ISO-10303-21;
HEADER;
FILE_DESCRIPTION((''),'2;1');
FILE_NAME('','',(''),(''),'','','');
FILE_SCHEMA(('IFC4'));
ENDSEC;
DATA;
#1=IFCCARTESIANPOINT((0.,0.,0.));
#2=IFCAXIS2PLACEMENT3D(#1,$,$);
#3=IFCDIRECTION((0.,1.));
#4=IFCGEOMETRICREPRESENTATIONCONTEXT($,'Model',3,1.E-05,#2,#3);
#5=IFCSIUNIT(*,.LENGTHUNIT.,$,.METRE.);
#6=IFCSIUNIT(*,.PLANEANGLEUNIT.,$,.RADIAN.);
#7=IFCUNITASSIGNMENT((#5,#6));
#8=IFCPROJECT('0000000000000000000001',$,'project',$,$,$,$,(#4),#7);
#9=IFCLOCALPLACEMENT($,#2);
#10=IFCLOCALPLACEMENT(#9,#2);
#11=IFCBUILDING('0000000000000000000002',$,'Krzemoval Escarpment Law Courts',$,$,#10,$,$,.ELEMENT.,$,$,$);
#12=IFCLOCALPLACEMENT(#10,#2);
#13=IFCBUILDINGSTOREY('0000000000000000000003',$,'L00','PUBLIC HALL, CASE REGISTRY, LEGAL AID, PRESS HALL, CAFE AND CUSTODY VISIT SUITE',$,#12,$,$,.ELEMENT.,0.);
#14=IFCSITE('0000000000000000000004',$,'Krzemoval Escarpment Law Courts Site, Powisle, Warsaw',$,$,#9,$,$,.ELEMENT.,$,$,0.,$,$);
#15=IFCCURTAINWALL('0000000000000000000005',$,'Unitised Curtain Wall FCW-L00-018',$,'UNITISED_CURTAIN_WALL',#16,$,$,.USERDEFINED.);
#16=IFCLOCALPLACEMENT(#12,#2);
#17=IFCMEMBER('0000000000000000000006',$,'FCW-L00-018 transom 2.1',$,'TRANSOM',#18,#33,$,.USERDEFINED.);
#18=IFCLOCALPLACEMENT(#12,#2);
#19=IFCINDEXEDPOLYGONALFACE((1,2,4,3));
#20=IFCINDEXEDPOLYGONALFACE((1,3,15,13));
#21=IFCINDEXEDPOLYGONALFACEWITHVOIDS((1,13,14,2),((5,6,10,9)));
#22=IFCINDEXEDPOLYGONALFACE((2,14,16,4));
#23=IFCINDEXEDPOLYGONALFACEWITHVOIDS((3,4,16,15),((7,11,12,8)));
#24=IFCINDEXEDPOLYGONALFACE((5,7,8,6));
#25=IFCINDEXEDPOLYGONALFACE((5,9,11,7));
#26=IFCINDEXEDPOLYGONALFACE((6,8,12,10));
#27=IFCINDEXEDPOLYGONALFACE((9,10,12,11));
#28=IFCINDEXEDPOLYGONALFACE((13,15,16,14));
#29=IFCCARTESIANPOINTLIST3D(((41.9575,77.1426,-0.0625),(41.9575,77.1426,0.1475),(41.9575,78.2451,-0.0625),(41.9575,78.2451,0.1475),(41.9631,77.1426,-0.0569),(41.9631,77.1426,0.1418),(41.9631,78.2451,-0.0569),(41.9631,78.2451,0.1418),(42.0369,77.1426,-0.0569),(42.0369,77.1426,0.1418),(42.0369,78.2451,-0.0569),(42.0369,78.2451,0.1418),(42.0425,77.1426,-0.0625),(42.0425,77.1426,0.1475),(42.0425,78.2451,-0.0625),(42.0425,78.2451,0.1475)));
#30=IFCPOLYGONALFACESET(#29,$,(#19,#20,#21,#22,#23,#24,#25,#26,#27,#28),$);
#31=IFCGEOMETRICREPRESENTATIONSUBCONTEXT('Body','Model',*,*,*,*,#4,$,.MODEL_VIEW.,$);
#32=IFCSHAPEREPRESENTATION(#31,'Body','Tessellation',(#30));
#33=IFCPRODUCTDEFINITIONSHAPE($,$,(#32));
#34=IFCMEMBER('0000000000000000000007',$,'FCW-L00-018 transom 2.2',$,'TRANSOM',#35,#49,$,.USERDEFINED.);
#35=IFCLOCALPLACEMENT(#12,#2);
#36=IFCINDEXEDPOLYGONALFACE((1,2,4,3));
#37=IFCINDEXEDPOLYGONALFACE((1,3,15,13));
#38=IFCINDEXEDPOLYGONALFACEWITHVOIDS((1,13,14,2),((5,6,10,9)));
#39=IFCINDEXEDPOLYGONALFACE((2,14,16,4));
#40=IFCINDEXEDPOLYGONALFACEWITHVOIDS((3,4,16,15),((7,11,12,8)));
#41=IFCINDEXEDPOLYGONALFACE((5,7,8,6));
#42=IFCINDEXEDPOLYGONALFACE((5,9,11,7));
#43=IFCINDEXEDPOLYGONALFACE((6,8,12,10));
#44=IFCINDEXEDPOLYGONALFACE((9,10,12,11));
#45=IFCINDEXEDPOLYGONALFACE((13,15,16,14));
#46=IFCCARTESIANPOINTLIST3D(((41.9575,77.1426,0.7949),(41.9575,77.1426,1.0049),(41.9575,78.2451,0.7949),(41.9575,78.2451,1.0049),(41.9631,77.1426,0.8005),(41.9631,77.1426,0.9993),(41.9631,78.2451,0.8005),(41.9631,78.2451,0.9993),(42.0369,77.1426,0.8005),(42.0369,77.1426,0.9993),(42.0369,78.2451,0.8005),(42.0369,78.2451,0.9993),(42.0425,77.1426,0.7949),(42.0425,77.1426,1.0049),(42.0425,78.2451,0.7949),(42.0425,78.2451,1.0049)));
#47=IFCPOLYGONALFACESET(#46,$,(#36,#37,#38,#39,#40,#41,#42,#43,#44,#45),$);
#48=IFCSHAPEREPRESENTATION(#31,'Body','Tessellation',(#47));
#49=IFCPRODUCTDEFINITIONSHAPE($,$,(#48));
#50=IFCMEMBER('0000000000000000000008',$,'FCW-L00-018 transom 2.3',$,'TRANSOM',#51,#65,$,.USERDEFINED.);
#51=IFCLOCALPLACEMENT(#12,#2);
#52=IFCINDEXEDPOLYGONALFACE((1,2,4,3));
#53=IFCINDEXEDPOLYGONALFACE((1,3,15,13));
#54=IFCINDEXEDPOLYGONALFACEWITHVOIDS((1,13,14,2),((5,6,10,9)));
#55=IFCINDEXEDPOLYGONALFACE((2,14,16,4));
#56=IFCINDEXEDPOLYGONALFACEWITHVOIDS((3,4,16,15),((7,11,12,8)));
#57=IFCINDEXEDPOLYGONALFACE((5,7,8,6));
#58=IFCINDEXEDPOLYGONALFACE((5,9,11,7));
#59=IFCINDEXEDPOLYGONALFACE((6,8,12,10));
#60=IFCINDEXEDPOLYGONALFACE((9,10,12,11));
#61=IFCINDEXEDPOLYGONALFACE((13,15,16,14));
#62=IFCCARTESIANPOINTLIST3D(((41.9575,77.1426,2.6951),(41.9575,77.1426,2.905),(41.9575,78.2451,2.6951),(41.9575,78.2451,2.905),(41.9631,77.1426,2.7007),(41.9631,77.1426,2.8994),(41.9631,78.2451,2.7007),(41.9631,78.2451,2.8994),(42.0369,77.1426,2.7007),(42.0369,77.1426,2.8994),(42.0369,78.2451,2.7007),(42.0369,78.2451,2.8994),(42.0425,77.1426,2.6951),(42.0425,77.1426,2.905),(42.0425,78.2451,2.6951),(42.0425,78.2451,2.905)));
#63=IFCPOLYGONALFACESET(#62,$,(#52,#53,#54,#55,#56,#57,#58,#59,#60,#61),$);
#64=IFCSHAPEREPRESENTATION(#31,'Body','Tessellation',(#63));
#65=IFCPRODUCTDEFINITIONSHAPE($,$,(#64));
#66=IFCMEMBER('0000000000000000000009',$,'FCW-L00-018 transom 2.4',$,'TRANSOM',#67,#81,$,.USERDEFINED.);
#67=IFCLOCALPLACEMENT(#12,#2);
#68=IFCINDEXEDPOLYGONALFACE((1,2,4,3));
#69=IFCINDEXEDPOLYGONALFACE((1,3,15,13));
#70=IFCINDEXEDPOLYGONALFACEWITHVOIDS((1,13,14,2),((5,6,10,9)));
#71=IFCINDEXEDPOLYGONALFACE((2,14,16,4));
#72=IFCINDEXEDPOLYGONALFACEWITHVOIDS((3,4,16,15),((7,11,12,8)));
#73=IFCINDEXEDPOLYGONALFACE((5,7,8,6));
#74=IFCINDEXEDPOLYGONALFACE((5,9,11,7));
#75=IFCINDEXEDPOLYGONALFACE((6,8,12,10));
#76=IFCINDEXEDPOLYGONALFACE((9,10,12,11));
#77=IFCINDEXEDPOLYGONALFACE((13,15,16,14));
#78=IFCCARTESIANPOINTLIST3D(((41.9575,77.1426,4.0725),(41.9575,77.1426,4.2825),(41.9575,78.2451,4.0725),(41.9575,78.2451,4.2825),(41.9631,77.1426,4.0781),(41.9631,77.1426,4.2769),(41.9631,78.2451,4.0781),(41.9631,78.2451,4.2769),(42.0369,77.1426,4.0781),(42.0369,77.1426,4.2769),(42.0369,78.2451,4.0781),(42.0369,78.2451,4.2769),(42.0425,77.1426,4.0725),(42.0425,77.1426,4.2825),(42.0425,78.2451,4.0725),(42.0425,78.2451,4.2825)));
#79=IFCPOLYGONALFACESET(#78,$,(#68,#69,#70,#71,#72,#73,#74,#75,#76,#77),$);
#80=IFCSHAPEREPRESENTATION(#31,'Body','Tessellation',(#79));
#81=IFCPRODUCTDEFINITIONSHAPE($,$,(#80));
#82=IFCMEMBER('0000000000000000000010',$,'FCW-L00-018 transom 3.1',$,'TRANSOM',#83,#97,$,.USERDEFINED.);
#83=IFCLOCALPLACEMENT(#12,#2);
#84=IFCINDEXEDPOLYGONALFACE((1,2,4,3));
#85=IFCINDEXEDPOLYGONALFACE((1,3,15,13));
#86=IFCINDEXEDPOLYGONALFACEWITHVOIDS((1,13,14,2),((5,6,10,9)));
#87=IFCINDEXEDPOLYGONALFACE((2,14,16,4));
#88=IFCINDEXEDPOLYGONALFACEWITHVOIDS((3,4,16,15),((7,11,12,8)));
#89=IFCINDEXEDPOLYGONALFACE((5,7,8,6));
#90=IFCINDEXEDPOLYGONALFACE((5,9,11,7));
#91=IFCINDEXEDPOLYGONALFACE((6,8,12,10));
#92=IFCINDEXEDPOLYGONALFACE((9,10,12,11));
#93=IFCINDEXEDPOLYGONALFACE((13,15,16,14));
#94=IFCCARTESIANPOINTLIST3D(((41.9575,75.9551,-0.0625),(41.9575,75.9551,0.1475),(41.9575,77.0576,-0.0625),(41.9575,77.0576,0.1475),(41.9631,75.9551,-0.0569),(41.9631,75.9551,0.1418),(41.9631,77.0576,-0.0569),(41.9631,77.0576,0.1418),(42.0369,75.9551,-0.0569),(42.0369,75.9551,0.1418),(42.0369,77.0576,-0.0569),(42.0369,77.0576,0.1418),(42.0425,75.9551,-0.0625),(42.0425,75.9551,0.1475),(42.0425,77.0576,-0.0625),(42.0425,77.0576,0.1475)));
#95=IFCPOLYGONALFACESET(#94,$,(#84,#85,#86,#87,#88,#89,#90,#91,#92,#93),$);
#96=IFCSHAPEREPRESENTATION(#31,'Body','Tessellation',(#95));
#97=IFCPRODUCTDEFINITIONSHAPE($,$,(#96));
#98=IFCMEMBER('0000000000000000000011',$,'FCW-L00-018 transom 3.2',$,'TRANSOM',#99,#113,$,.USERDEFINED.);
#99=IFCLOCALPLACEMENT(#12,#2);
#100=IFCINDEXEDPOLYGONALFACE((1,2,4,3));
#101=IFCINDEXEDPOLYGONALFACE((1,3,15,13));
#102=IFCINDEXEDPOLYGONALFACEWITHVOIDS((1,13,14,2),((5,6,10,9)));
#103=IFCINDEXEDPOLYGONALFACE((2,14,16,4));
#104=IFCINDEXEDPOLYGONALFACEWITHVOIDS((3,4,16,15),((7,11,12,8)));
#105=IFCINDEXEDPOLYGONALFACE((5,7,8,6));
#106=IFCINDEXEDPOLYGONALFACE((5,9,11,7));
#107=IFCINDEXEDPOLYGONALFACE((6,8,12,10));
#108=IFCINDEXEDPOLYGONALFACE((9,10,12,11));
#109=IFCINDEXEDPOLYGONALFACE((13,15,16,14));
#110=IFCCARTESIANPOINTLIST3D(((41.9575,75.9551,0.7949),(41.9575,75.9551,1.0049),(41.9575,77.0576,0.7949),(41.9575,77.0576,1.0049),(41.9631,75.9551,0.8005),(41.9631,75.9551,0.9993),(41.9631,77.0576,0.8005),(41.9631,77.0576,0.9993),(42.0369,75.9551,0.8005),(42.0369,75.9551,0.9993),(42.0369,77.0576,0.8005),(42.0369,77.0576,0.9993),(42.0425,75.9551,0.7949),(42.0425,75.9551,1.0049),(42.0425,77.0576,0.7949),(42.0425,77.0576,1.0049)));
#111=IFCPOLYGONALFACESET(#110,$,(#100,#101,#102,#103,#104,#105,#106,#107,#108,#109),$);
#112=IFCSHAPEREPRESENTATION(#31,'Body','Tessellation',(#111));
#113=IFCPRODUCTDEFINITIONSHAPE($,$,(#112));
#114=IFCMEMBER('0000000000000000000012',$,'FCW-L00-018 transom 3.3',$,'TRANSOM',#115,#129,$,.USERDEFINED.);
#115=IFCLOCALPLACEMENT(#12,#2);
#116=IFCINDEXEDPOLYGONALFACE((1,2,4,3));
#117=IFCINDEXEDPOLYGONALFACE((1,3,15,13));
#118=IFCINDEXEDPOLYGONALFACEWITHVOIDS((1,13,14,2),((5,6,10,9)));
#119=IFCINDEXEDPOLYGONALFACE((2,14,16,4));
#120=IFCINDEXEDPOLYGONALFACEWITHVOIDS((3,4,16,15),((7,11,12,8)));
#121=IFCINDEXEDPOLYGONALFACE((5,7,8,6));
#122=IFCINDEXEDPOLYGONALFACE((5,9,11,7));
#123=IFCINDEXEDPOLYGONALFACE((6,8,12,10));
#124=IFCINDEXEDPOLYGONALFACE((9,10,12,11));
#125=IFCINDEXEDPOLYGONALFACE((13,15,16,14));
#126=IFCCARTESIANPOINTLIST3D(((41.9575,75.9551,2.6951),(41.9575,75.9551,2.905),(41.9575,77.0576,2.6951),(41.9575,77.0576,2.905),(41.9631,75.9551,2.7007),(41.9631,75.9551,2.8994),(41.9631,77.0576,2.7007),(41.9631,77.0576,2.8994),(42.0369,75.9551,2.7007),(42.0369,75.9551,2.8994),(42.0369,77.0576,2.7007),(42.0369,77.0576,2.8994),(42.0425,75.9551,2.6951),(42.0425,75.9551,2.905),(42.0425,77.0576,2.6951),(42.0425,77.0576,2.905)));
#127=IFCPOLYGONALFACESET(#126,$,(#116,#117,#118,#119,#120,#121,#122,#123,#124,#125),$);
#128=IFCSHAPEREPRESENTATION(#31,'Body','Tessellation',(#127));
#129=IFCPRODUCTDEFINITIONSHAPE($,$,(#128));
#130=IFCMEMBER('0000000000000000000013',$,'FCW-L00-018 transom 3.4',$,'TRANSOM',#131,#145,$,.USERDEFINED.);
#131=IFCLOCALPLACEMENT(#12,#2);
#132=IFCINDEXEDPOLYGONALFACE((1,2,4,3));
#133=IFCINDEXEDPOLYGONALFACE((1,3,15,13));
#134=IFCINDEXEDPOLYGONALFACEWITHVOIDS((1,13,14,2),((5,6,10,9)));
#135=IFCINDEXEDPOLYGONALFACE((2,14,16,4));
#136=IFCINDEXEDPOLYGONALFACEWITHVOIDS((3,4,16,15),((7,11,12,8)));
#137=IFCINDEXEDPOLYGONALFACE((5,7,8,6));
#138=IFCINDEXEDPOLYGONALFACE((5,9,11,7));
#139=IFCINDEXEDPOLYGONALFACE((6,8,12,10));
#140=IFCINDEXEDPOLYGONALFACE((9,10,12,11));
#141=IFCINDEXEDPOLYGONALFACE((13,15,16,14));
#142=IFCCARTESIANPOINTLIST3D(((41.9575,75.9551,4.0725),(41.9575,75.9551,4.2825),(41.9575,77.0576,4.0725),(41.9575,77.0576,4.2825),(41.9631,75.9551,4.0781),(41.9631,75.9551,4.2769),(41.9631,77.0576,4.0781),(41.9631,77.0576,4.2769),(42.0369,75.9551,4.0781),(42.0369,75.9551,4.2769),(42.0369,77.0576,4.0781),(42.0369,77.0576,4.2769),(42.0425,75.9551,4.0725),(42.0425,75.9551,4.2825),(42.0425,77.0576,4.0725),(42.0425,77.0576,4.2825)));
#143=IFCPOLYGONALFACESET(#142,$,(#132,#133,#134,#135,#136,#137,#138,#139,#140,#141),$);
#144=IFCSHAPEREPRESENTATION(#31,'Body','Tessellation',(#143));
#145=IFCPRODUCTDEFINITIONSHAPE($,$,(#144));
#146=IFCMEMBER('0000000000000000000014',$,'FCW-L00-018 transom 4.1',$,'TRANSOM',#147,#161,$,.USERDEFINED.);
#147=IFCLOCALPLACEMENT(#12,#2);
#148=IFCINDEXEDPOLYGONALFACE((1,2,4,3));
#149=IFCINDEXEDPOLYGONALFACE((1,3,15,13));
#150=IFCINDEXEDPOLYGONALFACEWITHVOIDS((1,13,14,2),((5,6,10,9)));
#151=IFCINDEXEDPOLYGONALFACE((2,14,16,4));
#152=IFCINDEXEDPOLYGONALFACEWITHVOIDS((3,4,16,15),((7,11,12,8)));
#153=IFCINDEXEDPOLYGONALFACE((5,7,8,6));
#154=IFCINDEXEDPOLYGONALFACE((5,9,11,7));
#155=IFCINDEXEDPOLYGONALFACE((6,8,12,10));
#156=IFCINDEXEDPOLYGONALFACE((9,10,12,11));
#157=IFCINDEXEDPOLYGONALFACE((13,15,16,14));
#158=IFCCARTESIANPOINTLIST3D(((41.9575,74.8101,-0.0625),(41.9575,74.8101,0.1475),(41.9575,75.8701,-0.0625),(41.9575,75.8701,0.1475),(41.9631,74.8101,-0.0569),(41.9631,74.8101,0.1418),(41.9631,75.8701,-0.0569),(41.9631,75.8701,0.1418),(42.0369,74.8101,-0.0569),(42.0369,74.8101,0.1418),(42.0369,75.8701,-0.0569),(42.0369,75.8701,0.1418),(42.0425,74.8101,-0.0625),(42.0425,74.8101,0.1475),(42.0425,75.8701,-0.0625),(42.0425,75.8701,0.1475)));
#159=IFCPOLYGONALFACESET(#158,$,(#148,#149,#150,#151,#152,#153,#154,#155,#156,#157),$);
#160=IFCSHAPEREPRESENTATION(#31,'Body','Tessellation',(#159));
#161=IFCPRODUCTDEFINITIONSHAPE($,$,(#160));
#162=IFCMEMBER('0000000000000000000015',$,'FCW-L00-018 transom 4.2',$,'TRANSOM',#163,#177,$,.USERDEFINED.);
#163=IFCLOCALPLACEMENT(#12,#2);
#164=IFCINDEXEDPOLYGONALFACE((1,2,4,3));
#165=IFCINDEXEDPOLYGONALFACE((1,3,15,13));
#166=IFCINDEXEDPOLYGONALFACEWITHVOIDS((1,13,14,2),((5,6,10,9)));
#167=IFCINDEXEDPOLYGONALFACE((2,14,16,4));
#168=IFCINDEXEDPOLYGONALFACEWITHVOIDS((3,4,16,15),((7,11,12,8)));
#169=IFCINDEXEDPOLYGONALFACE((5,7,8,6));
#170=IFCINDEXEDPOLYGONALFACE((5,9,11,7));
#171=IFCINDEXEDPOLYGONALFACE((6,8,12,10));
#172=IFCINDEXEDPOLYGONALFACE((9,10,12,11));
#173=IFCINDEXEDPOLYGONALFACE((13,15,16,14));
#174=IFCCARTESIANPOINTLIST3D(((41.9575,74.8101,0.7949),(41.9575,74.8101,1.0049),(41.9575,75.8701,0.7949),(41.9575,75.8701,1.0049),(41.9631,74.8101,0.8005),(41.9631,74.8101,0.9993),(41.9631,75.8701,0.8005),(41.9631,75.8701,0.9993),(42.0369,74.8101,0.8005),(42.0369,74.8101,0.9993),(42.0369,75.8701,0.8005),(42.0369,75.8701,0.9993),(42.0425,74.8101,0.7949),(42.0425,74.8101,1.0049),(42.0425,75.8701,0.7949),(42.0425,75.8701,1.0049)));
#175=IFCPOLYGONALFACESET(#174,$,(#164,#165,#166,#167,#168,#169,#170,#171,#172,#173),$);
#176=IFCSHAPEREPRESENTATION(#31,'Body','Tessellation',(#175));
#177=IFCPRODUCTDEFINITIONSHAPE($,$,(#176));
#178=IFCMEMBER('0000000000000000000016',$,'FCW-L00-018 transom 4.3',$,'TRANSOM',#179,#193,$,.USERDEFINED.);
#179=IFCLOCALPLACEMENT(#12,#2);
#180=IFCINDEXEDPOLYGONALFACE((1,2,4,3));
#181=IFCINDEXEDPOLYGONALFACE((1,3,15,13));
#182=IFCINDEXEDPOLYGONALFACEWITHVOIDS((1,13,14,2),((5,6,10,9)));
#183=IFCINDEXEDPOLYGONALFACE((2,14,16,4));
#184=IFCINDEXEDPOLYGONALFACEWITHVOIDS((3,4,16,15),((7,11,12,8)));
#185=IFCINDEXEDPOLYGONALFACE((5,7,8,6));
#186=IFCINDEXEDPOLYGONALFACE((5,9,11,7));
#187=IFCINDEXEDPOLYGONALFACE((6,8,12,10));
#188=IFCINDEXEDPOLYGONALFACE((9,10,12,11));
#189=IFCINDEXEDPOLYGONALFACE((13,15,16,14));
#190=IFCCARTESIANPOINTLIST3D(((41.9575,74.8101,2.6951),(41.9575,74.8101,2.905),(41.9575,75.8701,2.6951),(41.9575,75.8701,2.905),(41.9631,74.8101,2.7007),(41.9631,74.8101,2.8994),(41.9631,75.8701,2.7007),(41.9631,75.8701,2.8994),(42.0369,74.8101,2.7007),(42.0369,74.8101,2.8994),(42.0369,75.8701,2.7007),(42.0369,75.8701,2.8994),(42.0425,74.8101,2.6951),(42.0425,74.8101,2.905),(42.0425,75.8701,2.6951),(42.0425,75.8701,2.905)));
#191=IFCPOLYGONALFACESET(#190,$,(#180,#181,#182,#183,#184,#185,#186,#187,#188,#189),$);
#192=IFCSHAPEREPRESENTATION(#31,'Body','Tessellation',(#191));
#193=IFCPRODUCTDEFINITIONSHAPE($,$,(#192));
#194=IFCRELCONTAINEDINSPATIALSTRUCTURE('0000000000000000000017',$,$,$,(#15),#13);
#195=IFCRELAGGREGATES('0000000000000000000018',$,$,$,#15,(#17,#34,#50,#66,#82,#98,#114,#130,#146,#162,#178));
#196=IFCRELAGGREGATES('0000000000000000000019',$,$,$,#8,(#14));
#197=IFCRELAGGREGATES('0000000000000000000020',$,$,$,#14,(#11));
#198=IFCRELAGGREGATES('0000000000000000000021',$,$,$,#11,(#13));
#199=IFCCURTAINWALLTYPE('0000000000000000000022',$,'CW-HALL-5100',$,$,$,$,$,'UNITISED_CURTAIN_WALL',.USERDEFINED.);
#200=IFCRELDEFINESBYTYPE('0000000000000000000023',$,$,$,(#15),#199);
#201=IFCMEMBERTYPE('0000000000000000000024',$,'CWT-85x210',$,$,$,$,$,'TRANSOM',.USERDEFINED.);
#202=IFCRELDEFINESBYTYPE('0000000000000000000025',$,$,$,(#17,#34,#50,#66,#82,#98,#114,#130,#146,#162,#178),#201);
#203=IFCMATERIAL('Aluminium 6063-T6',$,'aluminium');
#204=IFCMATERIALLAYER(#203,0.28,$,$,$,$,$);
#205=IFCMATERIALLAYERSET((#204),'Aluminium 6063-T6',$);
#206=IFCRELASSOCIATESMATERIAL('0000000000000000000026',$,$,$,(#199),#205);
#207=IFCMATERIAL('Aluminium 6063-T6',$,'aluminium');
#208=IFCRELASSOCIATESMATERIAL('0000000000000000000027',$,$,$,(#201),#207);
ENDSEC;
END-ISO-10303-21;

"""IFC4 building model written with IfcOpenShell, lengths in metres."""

from ifc_helpers import new_model, si_unit, direction, frame, origin, origin_2d, place, context, subcontext, project, spatial, hollow_rectangle, extrude, material, layer, layer_set, material_profile, profile_set, type_object, element, aggregate, save


model = new_model("IFC4")

# Units and contexts
model_context = context("Model", 3, precision=1e-05, world=origin(), true_north=direction((0.0, 1.0)))
body_context = subcontext(model_context, "Body", "Model", "MODEL_VIEW")
ifc_project = project(units=[si_unit("LENGTHUNIT", "METRE"), si_unit("PLANEANGLEUNIT", "RADIAN")], contexts=[model_context])

# Site, building, storey
site_placement = place(None, origin())
site = spatial("IfcSite", under=ifc_project, at=site_placement, Name="Krzemoval Escarpment Law Courts Site, Powisle, Warsaw", CompositionType="ELEMENT", RefElevation=0.0)
building_placement = place(site_placement, origin())
building = spatial("IfcBuilding", under=site, at=building_placement, Name="Krzemoval Escarpment Law Courts", CompositionType="ELEMENT")
storey_placement = place(building_placement, origin())
storey = spatial("IfcBuildingStorey", under=building, at=storey_placement, Name="L00", Description="PUBLIC HALL, CASE REGISTRY, LEGAL AID, PRESS HALL, CAFE AND CUSTODY VISIT SUITE", CompositionType="ELEMENT", Elevation=0.0)

# Shared definitions
ifc_material_1 = material(Name="Aluminium 6063-T6", Category="aluminium")
ifc_layer_1 = layer(ifc_material_1, 0.28)
ifc_layer_set_1 = layer_set([ifc_layer_1], Name="Aluminium 6063-T6")
curtain_wall_type = type_object("IfcCurtainWallType", Name="CW-HALL-5100", ElementType="UNITISED_CURTAIN_WALL", PredefinedType="USERDEFINED", material=ifc_layer_set_1)

# Curtain wall, members
curtain_wall_1_placement = place(storey_placement, origin())
curtain_wall_1 = element("IfcCurtainWall", 1, at=curtain_wall_1_placement, inside=storey, type_object=curtain_wall_type, Name="Unitised Curtain Wall FCW-L00-018", ObjectType="UNITISED_CURTAIN_WALL", PredefinedType="USERDEFINED")
ifc_material_2 = material(Name="Aluminium 6063-T6", Category="aluminium")
ifc_material_profile_1 = material_profile(ifc_material_2, hollow_rectangle(XDim=0.085, YDim=0.21, WallThickness=0.0056, at=origin_2d()), Name="ALU T85x210")
ifc_profile_set_1 = profile_set([ifc_material_profile_1], Name="Aluminium 6063-T6")
member_type_1 = type_object("IfcMemberType", Name="CWT-85x210", ElementType="TRANSOM", PredefinedType="USERDEFINED", material=ifc_profile_set_1)
member_1_placement = place(storey_placement, frame((42.0, 78.2451, 0.0425), z_axis=(0.0, -1.0, 0.0), x_axis=(1.0, 0.0, 0.0)))
member_1 = element("IfcMember", 2, at=member_1_placement, type_object=member_type_1, Name="FCW-L00-018 transom 2.1", ObjectType="TRANSOM", PredefinedType="USERDEFINED", context=body_context, shape_type="SweptSolid", body=[
    extrude(hollow_rectangle(XDim=0.085, YDim=0.21, WallThickness=0.0056, at=origin_2d()), origin(), (0.0, 0.0, 1.0), 1.1025),
])
member_2_placement = place(storey_placement, frame((42.0, 78.2451, 0.8999), z_axis=(0.0, -1.0, 0.0), x_axis=(1.0, 0.0, 0.0)))
member_2 = element("IfcMember", 3, at=member_2_placement, type_object=member_type_1, Name="FCW-L00-018 transom 2.2", ObjectType="TRANSOM", PredefinedType="USERDEFINED", context=body_context, shape_type="SweptSolid", body=[
    extrude(hollow_rectangle(XDim=0.085, YDim=0.21, WallThickness=0.0056, at=origin_2d()), origin(), (0.0, 0.0, 1.0), 1.1025),
])
member_3_placement = place(storey_placement, frame((42.0, 78.2451, 2.8), z_axis=(0.0, -1.0, 0.0), x_axis=(1.0, 0.0, 0.0)))
member_3 = element("IfcMember", 4, at=member_3_placement, type_object=member_type_1, Name="FCW-L00-018 transom 2.3", ObjectType="TRANSOM", PredefinedType="USERDEFINED", context=body_context, shape_type="SweptSolid", body=[
    extrude(hollow_rectangle(XDim=0.085, YDim=0.21, WallThickness=0.0056, at=origin_2d()), origin(), (0.0, 0.0, 1.0), 1.1025),
])
member_4_placement = place(storey_placement, frame((42.0, 78.2451, 4.1775), z_axis=(0.0, -1.0, 0.0), x_axis=(1.0, 0.0, 0.0)))
member_4 = element("IfcMember", 5, at=member_4_placement, type_object=member_type_1, Name="FCW-L00-018 transom 2.4", ObjectType="TRANSOM", PredefinedType="USERDEFINED", context=body_context, shape_type="SweptSolid", body=[
    extrude(hollow_rectangle(XDim=0.085, YDim=0.21, WallThickness=0.0056, at=origin_2d()), origin(), (0.0, 0.0, 1.0), 1.1025),
])
member_5_placement = place(storey_placement, frame((42.0, 77.0576, 0.0425), z_axis=(0.0, -1.0, 0.0), x_axis=(1.0, 0.0, 0.0)))
member_5 = element("IfcMember", 6, at=member_5_placement, type_object=member_type_1, Name="FCW-L00-018 transom 3.1", ObjectType="TRANSOM", PredefinedType="USERDEFINED", context=body_context, shape_type="SweptSolid", body=[
    extrude(hollow_rectangle(XDim=0.085, YDim=0.21, WallThickness=0.0056, at=origin_2d()), origin(), (0.0, 0.0, 1.0), 1.1025),
])
member_6_placement = place(storey_placement, frame((42.0, 77.0576, 0.8999), z_axis=(0.0, -1.0, 0.0), x_axis=(1.0, 0.0, 0.0)))
member_6 = element("IfcMember", 7, at=member_6_placement, type_object=member_type_1, Name="FCW-L00-018 transom 3.2", ObjectType="TRANSOM", PredefinedType="USERDEFINED", context=body_context, shape_type="SweptSolid", body=[
    extrude(hollow_rectangle(XDim=0.085, YDim=0.21, WallThickness=0.0056, at=origin_2d()), origin(), (0.0, 0.0, 1.0), 1.1025),
])
member_7_placement = place(storey_placement, frame((42.0, 77.0576, 2.8), z_axis=(0.0, -1.0, 0.0), x_axis=(1.0, 0.0, 0.0)))
member_7 = element("IfcMember", 8, at=member_7_placement, type_object=member_type_1, Name="FCW-L00-018 transom 3.3", ObjectType="TRANSOM", PredefinedType="USERDEFINED", context=body_context, shape_type="SweptSolid", body=[
    extrude(hollow_rectangle(XDim=0.085, YDim=0.21, WallThickness=0.0056, at=origin_2d()), origin(), (0.0, 0.0, 1.0), 1.1025),
])
member_8_placement = place(storey_placement, frame((42.0, 77.0576, 4.1775), z_axis=(0.0, -1.0, 0.0), x_axis=(1.0, 0.0, 0.0)))
member_8 = element("IfcMember", 9, at=member_8_placement, type_object=member_type_1, Name="FCW-L00-018 transom 3.4", ObjectType="TRANSOM", PredefinedType="USERDEFINED", context=body_context, shape_type="SweptSolid", body=[
    extrude(hollow_rectangle(XDim=0.085, YDim=0.21, WallThickness=0.0056, at=origin_2d()), origin(), (0.0, 0.0, 1.0), 1.1025),
])
member_9_placement = place(storey_placement, frame((42.0, 75.8701, 0.0425), z_axis=(0.0, -1.0, 0.0), x_axis=(1.0, 0.0, 0.0)))
member_9 = element("IfcMember", 10, at=member_9_placement, type_object=member_type_1, Name="FCW-L00-018 transom 4.1", ObjectType="TRANSOM", PredefinedType="USERDEFINED", context=body_context, shape_type="SweptSolid", body=[
    extrude(hollow_rectangle(XDim=0.085, YDim=0.21, WallThickness=0.0056, at=origin_2d()), origin(), (0.0, 0.0, 1.0), 1.0601),
])
member_10_placement = place(storey_placement, frame((42.0, 75.8701, 0.8999), z_axis=(0.0, -1.0, 0.0), x_axis=(1.0, 0.0, 0.0)))
member_10 = element("IfcMember", 11, at=member_10_placement, type_object=member_type_1, Name="FCW-L00-018 transom 4.2", ObjectType="TRANSOM", PredefinedType="USERDEFINED", context=body_context, shape_type="SweptSolid", body=[
    extrude(hollow_rectangle(XDim=0.085, YDim=0.21, WallThickness=0.0056, at=origin_2d()), origin(), (0.0, 0.0, 1.0), 1.0601),
])
member_11_placement = place(storey_placement, frame((42.0, 75.8701, 2.8), z_axis=(0.0, -1.0, 0.0), x_axis=(1.0, 0.0, 0.0)))
member_11 = element("IfcMember", 12, at=member_11_placement, type_object=member_type_1, Name="FCW-L00-018 transom 4.3", ObjectType="TRANSOM", PredefinedType="USERDEFINED", context=body_context, shape_type="SweptSolid", body=[
    extrude(hollow_rectangle(XDim=0.085, YDim=0.21, WallThickness=0.0056, at=origin_2d()), origin(), (0.0, 0.0, 1.0), 1.0601),
])

aggregate(curtain_wall_1, [member_1, member_2, member_3, member_4, member_5, member_6, member_7, member_8, member_9, member_10, member_11])

save(model, "model.ifc")
